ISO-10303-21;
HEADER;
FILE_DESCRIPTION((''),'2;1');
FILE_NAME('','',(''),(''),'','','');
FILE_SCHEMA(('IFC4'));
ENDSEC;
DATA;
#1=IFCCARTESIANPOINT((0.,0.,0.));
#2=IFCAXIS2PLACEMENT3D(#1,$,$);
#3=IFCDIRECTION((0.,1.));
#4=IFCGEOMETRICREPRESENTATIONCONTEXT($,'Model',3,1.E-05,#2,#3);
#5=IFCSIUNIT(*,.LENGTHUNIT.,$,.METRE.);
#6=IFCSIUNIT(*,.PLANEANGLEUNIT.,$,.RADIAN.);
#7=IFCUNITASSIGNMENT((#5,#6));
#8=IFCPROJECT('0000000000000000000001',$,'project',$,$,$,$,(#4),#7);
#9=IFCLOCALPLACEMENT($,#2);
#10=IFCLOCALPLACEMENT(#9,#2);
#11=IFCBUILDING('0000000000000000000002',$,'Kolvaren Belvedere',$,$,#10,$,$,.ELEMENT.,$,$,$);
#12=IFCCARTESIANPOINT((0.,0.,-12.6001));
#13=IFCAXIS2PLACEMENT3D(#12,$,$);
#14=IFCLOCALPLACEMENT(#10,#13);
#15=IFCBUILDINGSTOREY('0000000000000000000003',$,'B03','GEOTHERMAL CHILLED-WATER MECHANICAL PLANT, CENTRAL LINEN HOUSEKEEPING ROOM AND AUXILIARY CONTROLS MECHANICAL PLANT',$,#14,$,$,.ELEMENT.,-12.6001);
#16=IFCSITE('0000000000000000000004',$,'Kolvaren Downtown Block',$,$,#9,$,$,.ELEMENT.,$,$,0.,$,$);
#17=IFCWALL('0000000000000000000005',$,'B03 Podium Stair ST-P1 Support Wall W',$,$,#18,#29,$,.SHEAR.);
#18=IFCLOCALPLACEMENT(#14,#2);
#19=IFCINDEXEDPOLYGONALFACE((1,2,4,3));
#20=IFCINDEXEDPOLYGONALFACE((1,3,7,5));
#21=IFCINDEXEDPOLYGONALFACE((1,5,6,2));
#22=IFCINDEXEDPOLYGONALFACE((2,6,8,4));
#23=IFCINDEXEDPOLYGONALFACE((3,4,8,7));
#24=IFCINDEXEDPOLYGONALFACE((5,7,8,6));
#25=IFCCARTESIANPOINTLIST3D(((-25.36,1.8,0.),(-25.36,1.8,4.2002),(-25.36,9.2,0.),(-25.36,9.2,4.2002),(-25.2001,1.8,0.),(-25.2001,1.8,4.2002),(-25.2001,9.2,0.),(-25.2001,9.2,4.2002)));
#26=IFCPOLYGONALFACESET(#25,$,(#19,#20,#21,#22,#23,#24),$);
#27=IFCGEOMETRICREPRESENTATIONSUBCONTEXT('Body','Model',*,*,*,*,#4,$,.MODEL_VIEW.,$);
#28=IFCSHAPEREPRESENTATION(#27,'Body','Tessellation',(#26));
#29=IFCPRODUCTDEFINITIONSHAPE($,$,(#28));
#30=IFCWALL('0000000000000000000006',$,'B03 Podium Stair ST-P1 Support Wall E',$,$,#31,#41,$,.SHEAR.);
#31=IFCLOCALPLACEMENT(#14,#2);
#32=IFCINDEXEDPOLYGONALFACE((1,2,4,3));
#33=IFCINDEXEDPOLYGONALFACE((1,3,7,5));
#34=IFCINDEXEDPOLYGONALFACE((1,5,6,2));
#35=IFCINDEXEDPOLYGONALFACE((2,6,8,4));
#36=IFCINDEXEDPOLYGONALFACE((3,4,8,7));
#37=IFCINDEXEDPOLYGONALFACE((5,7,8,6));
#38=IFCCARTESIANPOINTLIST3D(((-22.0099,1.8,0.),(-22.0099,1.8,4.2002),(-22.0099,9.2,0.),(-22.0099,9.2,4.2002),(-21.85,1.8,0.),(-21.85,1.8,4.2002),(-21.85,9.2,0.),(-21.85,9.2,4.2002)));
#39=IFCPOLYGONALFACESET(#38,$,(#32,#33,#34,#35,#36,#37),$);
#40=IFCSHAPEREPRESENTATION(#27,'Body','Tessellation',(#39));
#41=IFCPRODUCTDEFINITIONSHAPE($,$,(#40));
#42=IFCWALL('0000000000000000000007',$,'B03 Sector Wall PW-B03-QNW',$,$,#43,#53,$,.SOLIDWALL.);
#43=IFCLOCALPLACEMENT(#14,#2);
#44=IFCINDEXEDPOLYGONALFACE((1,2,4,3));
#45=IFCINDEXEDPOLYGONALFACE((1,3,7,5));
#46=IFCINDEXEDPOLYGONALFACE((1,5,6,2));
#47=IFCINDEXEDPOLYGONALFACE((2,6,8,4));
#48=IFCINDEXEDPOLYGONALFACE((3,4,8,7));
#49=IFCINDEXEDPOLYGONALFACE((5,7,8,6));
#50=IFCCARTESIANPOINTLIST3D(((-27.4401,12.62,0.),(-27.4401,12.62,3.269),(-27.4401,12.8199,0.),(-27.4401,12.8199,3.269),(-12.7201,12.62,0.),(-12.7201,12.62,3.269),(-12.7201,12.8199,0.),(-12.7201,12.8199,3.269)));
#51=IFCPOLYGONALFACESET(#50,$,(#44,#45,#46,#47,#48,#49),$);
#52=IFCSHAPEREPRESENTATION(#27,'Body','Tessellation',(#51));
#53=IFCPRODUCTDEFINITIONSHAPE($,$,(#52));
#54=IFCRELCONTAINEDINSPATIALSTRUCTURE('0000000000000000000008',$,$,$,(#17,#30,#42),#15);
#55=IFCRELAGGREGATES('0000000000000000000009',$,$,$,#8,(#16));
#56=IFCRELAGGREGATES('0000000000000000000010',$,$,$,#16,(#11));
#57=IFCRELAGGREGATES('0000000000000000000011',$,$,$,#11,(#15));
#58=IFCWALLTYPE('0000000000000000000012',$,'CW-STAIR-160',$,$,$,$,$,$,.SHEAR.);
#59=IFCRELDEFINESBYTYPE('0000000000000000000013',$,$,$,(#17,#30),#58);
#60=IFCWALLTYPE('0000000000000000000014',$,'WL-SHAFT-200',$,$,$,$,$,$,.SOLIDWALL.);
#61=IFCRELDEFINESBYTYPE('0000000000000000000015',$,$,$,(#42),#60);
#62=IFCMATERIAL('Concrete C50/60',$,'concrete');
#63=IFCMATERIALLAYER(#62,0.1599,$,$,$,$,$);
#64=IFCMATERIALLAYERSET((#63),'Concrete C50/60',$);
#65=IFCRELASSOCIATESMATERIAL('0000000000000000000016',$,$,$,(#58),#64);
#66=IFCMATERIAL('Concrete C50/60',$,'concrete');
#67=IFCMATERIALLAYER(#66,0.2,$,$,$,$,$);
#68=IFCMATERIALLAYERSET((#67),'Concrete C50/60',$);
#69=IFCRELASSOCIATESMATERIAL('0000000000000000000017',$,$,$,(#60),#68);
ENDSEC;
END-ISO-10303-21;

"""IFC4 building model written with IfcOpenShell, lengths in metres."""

from ifc_helpers import new_model, si_unit, direction, frame, frame_2d, origin, place, context, subcontext, project, spatial, rectangle, extrude, material, layer, layer_set, type_object, element, save


model = new_model("IFC4")

# Units and contexts
model_context = context("Model", 3, precision=1e-05, world=origin(), true_north=direction((0.0, 1.0)))
body_context = subcontext(model_context, "Body", "Model", "MODEL_VIEW")
ifc_project = project(units=[si_unit("LENGTHUNIT", "METRE"), si_unit("PLANEANGLEUNIT", "RADIAN")], contexts=[model_context])

# Site, building, storey
site_placement = place(None, origin())
site = spatial("IfcSite", under=ifc_project, at=site_placement, Name="Kolvaren Downtown Block", CompositionType="ELEMENT", RefElevation=0.0)
building_placement = place(site_placement, origin())
building = spatial("IfcBuilding", under=site, at=building_placement, Name="Kolvaren Belvedere", CompositionType="ELEMENT")
storey_placement = place(building_placement, frame((0.0, 0.0, -12.6001)))
storey = spatial("IfcBuildingStorey", under=building, at=storey_placement, Name="B03", Description="GEOTHERMAL CHILLED-WATER MECHANICAL PLANT, CENTRAL LINEN HOUSEKEEPING ROOM AND AUXILIARY CONTROLS MECHANICAL PLANT", CompositionType="ELEMENT", Elevation=-12.6001)

# Walls
ifc_material_1 = material(Name="Concrete C50/60", Category="concrete")
ifc_layer_1 = layer(ifc_material_1, 0.1599)
ifc_layer_set_1 = layer_set([ifc_layer_1], Name="Concrete C50/60")
wall_type_1 = type_object("IfcWallType", Name="CW-STAIR-160", PredefinedType="SHEAR", material=ifc_layer_set_1)
for number, where, z_axis, x_axis, name in (
    (1, (-25.28, 1.8, 0.0), (0.0, 0.0, 1.0), (0.0, 1.0, 0.0), "B03 Podium Stair ST-P1 Support Wall W"),
    (2, (-21.9299, 1.8, 0.0), (0.0, 0.0, 1.0), (0.0, 1.0, 0.0), "B03 Podium Stair ST-P1 Support Wall E"),
):
    element("IfcWall", number, at=place(storey_placement, frame(where, z_axis=z_axis, x_axis=x_axis)), inside=storey, type_object=wall_type_1, Name=name, PredefinedType="SHEAR", context=body_context, shape_type="SweptSolid", body=[
        extrude(rectangle(XDim=7.3999, YDim=0.1599, at=frame_2d((3.7, 0.0))), origin(), (0.0, 0.0, 1.0), 4.2002),
    ])
ifc_material_2 = material(Name="Concrete C50/60", Category="concrete")
ifc_layer_2 = layer(ifc_material_2, 0.2)
ifc_layer_set_2 = layer_set([ifc_layer_2], Name="Concrete C50/60")
wall_type_2 = type_object("IfcWallType", Name="WL-SHAFT-200", PredefinedType="SOLIDWALL", material=ifc_layer_set_2)
wall_1_placement = place(storey_placement, frame((-27.4399, 12.72, 0.0), z_axis=(0.0, 0.0, 1.0), x_axis=(1.0, 0.0, 0.0)))
element("IfcWall", 3, at=wall_1_placement, inside=storey, type_object=wall_type_2, Name="B03 Sector Wall PW-B03-QNW", PredefinedType="SOLIDWALL", context=body_context, shape_type="SweptSolid", body=[
    extrude(rectangle(XDim=14.72, YDim=0.2, at=frame_2d((7.3599, 0.0))), origin(), (0.0, 0.0, 1.0), 3.269),
])

save(model, "model.ifc")
